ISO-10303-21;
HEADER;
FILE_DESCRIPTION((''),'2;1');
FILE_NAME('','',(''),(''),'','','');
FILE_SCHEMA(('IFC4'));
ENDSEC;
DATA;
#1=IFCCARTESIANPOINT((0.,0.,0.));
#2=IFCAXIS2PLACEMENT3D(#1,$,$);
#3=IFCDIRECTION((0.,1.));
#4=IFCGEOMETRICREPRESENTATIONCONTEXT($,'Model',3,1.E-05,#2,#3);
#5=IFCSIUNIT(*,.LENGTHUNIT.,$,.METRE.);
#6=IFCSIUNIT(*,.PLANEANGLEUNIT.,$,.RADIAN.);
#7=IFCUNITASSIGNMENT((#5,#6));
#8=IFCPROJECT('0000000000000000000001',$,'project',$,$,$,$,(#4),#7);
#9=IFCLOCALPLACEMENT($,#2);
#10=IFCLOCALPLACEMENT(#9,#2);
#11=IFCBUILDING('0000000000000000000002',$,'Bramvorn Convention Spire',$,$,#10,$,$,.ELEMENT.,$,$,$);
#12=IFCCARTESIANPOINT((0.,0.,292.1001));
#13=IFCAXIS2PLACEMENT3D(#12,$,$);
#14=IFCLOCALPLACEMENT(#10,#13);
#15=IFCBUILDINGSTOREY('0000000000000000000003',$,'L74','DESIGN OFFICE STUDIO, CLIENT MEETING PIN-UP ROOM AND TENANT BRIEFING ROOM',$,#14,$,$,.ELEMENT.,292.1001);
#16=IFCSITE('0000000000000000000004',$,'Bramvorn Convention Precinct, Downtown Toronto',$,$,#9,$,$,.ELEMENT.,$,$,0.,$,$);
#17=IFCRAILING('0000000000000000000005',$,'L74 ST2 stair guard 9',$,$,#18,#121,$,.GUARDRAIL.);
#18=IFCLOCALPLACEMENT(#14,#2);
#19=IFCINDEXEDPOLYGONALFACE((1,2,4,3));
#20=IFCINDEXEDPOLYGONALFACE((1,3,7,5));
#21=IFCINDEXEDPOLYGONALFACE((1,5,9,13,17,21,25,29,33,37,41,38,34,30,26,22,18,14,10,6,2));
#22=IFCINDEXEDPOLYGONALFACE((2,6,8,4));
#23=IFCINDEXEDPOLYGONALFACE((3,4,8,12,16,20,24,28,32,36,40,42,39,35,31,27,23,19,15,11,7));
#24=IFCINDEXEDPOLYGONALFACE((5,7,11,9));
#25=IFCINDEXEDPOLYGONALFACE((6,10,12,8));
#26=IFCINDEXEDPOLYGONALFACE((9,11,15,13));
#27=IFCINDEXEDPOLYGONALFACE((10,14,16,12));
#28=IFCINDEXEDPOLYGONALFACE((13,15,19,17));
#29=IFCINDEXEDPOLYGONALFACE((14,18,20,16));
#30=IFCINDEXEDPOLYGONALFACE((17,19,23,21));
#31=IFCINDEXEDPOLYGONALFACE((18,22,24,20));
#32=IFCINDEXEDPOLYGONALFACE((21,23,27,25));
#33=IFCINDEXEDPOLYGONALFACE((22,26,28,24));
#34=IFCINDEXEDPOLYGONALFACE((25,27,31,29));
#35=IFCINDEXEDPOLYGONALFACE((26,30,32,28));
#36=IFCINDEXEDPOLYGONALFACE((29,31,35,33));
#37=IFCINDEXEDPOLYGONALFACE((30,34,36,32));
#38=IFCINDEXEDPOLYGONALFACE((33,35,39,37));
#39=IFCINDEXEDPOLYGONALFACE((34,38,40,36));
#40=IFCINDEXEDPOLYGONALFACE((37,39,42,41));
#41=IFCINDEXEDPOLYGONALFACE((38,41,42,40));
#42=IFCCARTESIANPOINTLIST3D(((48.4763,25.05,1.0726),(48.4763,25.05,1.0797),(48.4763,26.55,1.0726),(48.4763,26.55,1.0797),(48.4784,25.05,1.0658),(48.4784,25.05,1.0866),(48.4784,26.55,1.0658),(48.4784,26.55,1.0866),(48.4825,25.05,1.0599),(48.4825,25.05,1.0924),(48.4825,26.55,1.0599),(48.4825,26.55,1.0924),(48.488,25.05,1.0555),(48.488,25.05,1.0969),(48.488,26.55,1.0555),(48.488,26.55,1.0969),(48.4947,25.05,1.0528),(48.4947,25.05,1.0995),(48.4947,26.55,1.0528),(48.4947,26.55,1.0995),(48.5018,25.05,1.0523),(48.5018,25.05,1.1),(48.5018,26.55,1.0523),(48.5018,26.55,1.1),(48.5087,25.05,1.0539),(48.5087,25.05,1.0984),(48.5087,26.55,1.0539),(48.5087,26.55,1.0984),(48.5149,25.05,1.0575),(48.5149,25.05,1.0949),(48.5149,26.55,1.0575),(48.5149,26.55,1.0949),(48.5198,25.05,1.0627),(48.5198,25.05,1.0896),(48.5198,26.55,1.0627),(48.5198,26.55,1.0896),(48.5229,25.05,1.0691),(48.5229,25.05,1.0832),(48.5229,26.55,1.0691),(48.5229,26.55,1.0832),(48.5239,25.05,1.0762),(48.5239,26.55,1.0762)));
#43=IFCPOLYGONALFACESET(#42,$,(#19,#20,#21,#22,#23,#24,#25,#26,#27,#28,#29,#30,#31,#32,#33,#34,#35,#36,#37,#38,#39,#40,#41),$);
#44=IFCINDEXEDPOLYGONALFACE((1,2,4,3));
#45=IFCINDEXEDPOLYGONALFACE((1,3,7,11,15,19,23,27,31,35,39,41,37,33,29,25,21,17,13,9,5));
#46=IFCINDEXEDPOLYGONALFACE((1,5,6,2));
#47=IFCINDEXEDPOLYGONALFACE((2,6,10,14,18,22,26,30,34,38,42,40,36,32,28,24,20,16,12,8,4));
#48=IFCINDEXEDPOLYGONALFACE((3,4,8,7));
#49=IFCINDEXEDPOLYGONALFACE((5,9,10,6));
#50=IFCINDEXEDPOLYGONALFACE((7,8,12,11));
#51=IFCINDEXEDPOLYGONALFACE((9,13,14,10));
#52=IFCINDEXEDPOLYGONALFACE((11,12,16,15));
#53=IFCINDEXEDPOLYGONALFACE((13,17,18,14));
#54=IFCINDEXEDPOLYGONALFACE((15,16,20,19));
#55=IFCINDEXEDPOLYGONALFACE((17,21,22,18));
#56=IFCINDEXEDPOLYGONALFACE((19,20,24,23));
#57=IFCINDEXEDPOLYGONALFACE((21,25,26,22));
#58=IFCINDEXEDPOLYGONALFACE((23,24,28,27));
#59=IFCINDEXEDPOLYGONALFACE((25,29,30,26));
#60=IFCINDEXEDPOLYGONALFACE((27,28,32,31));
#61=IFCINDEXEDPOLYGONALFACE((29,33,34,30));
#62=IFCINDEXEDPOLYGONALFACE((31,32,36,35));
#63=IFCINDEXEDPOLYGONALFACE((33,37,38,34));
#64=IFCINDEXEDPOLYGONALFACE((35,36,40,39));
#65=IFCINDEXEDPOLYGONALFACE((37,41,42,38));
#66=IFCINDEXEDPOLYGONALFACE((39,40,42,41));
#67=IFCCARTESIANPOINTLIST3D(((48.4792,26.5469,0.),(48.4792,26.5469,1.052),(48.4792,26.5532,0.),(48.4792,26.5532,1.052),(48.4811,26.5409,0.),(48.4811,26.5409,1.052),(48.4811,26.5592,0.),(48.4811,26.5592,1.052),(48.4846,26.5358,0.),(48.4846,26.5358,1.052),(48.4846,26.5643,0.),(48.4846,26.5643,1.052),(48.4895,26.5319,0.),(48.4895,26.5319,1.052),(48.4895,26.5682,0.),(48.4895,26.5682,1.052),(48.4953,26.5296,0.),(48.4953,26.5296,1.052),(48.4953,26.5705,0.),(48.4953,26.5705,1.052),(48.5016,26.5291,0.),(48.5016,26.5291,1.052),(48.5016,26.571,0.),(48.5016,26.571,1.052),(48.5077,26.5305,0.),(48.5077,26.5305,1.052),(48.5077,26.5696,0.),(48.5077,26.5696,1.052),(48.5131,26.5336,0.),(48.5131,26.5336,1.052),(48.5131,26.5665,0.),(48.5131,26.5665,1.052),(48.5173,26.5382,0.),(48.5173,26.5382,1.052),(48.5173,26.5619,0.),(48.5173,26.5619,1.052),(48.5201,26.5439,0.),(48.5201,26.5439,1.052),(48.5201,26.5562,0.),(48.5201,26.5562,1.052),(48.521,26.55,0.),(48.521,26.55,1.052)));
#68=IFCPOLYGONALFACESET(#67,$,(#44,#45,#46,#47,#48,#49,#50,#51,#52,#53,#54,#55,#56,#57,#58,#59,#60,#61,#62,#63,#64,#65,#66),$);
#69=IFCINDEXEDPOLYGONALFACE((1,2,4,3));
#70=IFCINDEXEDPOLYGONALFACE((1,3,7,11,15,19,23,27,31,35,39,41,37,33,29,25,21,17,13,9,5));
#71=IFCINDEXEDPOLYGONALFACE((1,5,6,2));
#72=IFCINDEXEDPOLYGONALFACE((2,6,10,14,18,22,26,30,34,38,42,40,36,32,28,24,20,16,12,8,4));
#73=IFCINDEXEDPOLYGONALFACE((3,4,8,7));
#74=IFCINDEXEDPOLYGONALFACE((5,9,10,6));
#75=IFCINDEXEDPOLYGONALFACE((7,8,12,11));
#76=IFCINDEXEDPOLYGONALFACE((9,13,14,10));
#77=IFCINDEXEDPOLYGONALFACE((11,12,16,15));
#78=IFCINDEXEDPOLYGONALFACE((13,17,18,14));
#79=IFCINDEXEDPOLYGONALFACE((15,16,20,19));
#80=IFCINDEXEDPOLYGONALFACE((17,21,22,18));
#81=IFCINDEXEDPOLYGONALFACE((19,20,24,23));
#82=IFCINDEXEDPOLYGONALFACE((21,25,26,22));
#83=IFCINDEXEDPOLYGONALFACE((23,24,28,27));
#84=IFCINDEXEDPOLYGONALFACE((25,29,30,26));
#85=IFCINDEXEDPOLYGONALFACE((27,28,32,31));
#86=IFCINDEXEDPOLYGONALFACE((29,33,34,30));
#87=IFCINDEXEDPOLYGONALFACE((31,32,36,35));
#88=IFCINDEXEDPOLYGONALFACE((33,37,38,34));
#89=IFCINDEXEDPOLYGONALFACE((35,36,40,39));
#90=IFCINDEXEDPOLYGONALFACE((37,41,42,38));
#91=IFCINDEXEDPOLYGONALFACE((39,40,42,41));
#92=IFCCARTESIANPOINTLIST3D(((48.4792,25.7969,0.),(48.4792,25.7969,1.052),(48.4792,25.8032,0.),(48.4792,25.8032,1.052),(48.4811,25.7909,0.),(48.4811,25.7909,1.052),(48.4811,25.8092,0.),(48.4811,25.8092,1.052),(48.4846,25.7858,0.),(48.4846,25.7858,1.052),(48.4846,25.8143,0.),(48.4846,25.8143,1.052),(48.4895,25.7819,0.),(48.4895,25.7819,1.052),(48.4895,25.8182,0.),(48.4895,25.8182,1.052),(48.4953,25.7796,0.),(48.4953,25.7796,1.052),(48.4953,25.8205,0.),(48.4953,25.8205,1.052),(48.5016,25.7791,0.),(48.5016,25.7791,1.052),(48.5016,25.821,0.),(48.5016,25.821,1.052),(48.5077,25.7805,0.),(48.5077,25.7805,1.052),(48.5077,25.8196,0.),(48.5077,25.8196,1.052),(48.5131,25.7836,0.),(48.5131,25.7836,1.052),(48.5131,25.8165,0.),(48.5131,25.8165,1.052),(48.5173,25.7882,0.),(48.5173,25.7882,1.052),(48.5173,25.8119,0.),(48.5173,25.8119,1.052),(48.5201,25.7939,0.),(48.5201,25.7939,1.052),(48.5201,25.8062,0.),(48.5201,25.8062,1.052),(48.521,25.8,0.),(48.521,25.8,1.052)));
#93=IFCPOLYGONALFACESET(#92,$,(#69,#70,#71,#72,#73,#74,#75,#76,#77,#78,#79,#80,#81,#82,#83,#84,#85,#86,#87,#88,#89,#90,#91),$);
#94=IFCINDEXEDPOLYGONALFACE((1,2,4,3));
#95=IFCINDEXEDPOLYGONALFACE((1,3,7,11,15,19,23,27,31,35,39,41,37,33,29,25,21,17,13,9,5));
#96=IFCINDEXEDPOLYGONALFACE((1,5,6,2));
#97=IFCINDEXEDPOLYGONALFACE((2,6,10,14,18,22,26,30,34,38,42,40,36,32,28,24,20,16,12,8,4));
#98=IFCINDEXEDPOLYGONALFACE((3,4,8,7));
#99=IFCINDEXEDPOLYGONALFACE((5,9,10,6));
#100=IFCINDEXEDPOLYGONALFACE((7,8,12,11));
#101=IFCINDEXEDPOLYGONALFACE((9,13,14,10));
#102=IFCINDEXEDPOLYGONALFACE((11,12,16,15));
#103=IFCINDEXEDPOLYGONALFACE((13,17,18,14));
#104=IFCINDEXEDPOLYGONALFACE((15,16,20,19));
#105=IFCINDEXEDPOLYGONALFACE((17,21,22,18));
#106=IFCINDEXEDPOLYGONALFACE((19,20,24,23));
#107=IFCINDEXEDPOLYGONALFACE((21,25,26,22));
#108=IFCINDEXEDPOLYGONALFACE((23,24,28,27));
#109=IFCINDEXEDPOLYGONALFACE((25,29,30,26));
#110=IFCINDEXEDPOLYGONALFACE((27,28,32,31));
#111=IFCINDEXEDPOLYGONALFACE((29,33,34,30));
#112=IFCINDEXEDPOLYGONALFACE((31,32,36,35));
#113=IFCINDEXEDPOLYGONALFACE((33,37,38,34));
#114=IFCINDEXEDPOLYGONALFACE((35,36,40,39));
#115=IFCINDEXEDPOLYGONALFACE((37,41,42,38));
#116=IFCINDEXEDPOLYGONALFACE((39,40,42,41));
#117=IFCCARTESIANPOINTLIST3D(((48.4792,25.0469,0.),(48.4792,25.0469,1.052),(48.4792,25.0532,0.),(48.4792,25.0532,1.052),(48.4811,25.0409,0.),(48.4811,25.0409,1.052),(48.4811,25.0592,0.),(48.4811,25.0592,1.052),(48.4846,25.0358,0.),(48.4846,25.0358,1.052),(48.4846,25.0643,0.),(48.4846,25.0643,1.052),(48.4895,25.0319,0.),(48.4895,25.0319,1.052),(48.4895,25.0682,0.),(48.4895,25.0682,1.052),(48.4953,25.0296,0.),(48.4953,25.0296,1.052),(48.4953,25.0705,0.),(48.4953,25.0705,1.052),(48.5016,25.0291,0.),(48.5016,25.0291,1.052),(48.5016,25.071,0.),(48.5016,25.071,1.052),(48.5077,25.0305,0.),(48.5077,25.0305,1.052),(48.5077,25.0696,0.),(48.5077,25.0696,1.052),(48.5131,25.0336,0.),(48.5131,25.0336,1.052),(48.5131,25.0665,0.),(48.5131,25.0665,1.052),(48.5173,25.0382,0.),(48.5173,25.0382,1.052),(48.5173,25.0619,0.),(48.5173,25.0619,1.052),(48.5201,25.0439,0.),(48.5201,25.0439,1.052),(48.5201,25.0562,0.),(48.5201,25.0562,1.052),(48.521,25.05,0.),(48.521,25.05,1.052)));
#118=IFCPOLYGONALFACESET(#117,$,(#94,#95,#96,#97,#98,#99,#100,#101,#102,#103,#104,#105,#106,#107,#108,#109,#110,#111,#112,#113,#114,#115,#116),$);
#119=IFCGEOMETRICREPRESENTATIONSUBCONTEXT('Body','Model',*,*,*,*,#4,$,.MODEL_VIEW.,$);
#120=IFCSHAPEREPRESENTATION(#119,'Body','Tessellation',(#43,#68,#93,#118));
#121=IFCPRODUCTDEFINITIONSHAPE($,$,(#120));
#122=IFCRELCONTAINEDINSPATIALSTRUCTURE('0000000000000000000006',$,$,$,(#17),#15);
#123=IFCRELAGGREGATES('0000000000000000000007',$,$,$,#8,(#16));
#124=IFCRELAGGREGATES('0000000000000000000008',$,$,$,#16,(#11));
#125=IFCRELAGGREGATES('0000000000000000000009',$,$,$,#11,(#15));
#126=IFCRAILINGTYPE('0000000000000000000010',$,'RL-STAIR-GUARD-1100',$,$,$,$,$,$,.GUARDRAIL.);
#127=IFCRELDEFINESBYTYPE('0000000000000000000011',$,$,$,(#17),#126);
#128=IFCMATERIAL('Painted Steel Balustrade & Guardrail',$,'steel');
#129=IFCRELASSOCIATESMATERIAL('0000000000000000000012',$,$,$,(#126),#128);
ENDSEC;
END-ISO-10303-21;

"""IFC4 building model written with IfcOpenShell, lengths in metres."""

from ifc_helpers import new_model, si_unit, direction, frame, origin, origin_2d, place, context, subcontext, project, spatial, circle, extrude, material, type_object, element, save


model = new_model("IFC4")

# Units and contexts
model_context = context("Model", 3, precision=1e-05, world=origin(), true_north=direction((0.0, 1.0)))
body_context = subcontext(model_context, "Body", "Model", "MODEL_VIEW")
ifc_project = project(units=[si_unit("LENGTHUNIT", "METRE"), si_unit("PLANEANGLEUNIT", "RADIAN")], contexts=[model_context])

# Site, building, storey
site_placement = place(None, origin())
site = spatial("IfcSite", under=ifc_project, at=site_placement, Name="Bramvorn Convention Precinct, Downtown Toronto", CompositionType="ELEMENT", RefElevation=0.0)
building_placement = place(site_placement, origin())
building = spatial("IfcBuilding", under=site, at=building_placement, Name="Bramvorn Convention Spire", CompositionType="ELEMENT")
storey_placement = place(building_placement, frame((0.0, 0.0, 292.1001)))
storey = spatial("IfcBuildingStorey", under=building, at=storey_placement, Name="L74", Description="DESIGN OFFICE STUDIO, CLIENT MEETING PIN-UP ROOM AND TENANT BRIEFING ROOM", CompositionType="ELEMENT", Elevation=292.1001)

# Railing
ifc_material_1 = material(Name="Painted Steel Balustrade & Guardrail", Category="steel")
railing_type_1 = type_object("IfcRailingType", Name="RL-STAIR-GUARD-1100", PredefinedType="GUARDRAIL", material=ifc_material_1)
for number, where, name in (
    (1, (48.5, 26.55, 0.0), "L74 ST2 stair guard 9"),
):
    element("IfcRailing", number, at=place(storey_placement, frame(where)), inside=storey, type_object=railing_type_1, Name=name, PredefinedType="GUARDRAIL", context=body_context, shape_type="SweptSolid", body=[
        extrude(circle(Radius=0.0239, at=origin_2d()), frame((0.0, 0.0, 1.0762), z_axis=(0.0, -1.0, 0.0), x_axis=(1.0, 0.0, 0.0)), (0.0, 0.0, 1.0), 1.5),
        extrude(circle(Radius=0.021, at=origin_2d()), origin(), (0.0, 0.0, 1.0), 1.052),
        extrude(circle(Radius=0.021, at=origin_2d()), frame((0.0, -0.75, 0.0)), (0.0, 0.0, 1.0), 1.052),
        extrude(circle(Radius=0.021, at=origin_2d()), frame((0.0, -1.5, 0.0)), (0.0, 0.0, 1.0), 1.052),
    ])

save(model, "model.ifc")
